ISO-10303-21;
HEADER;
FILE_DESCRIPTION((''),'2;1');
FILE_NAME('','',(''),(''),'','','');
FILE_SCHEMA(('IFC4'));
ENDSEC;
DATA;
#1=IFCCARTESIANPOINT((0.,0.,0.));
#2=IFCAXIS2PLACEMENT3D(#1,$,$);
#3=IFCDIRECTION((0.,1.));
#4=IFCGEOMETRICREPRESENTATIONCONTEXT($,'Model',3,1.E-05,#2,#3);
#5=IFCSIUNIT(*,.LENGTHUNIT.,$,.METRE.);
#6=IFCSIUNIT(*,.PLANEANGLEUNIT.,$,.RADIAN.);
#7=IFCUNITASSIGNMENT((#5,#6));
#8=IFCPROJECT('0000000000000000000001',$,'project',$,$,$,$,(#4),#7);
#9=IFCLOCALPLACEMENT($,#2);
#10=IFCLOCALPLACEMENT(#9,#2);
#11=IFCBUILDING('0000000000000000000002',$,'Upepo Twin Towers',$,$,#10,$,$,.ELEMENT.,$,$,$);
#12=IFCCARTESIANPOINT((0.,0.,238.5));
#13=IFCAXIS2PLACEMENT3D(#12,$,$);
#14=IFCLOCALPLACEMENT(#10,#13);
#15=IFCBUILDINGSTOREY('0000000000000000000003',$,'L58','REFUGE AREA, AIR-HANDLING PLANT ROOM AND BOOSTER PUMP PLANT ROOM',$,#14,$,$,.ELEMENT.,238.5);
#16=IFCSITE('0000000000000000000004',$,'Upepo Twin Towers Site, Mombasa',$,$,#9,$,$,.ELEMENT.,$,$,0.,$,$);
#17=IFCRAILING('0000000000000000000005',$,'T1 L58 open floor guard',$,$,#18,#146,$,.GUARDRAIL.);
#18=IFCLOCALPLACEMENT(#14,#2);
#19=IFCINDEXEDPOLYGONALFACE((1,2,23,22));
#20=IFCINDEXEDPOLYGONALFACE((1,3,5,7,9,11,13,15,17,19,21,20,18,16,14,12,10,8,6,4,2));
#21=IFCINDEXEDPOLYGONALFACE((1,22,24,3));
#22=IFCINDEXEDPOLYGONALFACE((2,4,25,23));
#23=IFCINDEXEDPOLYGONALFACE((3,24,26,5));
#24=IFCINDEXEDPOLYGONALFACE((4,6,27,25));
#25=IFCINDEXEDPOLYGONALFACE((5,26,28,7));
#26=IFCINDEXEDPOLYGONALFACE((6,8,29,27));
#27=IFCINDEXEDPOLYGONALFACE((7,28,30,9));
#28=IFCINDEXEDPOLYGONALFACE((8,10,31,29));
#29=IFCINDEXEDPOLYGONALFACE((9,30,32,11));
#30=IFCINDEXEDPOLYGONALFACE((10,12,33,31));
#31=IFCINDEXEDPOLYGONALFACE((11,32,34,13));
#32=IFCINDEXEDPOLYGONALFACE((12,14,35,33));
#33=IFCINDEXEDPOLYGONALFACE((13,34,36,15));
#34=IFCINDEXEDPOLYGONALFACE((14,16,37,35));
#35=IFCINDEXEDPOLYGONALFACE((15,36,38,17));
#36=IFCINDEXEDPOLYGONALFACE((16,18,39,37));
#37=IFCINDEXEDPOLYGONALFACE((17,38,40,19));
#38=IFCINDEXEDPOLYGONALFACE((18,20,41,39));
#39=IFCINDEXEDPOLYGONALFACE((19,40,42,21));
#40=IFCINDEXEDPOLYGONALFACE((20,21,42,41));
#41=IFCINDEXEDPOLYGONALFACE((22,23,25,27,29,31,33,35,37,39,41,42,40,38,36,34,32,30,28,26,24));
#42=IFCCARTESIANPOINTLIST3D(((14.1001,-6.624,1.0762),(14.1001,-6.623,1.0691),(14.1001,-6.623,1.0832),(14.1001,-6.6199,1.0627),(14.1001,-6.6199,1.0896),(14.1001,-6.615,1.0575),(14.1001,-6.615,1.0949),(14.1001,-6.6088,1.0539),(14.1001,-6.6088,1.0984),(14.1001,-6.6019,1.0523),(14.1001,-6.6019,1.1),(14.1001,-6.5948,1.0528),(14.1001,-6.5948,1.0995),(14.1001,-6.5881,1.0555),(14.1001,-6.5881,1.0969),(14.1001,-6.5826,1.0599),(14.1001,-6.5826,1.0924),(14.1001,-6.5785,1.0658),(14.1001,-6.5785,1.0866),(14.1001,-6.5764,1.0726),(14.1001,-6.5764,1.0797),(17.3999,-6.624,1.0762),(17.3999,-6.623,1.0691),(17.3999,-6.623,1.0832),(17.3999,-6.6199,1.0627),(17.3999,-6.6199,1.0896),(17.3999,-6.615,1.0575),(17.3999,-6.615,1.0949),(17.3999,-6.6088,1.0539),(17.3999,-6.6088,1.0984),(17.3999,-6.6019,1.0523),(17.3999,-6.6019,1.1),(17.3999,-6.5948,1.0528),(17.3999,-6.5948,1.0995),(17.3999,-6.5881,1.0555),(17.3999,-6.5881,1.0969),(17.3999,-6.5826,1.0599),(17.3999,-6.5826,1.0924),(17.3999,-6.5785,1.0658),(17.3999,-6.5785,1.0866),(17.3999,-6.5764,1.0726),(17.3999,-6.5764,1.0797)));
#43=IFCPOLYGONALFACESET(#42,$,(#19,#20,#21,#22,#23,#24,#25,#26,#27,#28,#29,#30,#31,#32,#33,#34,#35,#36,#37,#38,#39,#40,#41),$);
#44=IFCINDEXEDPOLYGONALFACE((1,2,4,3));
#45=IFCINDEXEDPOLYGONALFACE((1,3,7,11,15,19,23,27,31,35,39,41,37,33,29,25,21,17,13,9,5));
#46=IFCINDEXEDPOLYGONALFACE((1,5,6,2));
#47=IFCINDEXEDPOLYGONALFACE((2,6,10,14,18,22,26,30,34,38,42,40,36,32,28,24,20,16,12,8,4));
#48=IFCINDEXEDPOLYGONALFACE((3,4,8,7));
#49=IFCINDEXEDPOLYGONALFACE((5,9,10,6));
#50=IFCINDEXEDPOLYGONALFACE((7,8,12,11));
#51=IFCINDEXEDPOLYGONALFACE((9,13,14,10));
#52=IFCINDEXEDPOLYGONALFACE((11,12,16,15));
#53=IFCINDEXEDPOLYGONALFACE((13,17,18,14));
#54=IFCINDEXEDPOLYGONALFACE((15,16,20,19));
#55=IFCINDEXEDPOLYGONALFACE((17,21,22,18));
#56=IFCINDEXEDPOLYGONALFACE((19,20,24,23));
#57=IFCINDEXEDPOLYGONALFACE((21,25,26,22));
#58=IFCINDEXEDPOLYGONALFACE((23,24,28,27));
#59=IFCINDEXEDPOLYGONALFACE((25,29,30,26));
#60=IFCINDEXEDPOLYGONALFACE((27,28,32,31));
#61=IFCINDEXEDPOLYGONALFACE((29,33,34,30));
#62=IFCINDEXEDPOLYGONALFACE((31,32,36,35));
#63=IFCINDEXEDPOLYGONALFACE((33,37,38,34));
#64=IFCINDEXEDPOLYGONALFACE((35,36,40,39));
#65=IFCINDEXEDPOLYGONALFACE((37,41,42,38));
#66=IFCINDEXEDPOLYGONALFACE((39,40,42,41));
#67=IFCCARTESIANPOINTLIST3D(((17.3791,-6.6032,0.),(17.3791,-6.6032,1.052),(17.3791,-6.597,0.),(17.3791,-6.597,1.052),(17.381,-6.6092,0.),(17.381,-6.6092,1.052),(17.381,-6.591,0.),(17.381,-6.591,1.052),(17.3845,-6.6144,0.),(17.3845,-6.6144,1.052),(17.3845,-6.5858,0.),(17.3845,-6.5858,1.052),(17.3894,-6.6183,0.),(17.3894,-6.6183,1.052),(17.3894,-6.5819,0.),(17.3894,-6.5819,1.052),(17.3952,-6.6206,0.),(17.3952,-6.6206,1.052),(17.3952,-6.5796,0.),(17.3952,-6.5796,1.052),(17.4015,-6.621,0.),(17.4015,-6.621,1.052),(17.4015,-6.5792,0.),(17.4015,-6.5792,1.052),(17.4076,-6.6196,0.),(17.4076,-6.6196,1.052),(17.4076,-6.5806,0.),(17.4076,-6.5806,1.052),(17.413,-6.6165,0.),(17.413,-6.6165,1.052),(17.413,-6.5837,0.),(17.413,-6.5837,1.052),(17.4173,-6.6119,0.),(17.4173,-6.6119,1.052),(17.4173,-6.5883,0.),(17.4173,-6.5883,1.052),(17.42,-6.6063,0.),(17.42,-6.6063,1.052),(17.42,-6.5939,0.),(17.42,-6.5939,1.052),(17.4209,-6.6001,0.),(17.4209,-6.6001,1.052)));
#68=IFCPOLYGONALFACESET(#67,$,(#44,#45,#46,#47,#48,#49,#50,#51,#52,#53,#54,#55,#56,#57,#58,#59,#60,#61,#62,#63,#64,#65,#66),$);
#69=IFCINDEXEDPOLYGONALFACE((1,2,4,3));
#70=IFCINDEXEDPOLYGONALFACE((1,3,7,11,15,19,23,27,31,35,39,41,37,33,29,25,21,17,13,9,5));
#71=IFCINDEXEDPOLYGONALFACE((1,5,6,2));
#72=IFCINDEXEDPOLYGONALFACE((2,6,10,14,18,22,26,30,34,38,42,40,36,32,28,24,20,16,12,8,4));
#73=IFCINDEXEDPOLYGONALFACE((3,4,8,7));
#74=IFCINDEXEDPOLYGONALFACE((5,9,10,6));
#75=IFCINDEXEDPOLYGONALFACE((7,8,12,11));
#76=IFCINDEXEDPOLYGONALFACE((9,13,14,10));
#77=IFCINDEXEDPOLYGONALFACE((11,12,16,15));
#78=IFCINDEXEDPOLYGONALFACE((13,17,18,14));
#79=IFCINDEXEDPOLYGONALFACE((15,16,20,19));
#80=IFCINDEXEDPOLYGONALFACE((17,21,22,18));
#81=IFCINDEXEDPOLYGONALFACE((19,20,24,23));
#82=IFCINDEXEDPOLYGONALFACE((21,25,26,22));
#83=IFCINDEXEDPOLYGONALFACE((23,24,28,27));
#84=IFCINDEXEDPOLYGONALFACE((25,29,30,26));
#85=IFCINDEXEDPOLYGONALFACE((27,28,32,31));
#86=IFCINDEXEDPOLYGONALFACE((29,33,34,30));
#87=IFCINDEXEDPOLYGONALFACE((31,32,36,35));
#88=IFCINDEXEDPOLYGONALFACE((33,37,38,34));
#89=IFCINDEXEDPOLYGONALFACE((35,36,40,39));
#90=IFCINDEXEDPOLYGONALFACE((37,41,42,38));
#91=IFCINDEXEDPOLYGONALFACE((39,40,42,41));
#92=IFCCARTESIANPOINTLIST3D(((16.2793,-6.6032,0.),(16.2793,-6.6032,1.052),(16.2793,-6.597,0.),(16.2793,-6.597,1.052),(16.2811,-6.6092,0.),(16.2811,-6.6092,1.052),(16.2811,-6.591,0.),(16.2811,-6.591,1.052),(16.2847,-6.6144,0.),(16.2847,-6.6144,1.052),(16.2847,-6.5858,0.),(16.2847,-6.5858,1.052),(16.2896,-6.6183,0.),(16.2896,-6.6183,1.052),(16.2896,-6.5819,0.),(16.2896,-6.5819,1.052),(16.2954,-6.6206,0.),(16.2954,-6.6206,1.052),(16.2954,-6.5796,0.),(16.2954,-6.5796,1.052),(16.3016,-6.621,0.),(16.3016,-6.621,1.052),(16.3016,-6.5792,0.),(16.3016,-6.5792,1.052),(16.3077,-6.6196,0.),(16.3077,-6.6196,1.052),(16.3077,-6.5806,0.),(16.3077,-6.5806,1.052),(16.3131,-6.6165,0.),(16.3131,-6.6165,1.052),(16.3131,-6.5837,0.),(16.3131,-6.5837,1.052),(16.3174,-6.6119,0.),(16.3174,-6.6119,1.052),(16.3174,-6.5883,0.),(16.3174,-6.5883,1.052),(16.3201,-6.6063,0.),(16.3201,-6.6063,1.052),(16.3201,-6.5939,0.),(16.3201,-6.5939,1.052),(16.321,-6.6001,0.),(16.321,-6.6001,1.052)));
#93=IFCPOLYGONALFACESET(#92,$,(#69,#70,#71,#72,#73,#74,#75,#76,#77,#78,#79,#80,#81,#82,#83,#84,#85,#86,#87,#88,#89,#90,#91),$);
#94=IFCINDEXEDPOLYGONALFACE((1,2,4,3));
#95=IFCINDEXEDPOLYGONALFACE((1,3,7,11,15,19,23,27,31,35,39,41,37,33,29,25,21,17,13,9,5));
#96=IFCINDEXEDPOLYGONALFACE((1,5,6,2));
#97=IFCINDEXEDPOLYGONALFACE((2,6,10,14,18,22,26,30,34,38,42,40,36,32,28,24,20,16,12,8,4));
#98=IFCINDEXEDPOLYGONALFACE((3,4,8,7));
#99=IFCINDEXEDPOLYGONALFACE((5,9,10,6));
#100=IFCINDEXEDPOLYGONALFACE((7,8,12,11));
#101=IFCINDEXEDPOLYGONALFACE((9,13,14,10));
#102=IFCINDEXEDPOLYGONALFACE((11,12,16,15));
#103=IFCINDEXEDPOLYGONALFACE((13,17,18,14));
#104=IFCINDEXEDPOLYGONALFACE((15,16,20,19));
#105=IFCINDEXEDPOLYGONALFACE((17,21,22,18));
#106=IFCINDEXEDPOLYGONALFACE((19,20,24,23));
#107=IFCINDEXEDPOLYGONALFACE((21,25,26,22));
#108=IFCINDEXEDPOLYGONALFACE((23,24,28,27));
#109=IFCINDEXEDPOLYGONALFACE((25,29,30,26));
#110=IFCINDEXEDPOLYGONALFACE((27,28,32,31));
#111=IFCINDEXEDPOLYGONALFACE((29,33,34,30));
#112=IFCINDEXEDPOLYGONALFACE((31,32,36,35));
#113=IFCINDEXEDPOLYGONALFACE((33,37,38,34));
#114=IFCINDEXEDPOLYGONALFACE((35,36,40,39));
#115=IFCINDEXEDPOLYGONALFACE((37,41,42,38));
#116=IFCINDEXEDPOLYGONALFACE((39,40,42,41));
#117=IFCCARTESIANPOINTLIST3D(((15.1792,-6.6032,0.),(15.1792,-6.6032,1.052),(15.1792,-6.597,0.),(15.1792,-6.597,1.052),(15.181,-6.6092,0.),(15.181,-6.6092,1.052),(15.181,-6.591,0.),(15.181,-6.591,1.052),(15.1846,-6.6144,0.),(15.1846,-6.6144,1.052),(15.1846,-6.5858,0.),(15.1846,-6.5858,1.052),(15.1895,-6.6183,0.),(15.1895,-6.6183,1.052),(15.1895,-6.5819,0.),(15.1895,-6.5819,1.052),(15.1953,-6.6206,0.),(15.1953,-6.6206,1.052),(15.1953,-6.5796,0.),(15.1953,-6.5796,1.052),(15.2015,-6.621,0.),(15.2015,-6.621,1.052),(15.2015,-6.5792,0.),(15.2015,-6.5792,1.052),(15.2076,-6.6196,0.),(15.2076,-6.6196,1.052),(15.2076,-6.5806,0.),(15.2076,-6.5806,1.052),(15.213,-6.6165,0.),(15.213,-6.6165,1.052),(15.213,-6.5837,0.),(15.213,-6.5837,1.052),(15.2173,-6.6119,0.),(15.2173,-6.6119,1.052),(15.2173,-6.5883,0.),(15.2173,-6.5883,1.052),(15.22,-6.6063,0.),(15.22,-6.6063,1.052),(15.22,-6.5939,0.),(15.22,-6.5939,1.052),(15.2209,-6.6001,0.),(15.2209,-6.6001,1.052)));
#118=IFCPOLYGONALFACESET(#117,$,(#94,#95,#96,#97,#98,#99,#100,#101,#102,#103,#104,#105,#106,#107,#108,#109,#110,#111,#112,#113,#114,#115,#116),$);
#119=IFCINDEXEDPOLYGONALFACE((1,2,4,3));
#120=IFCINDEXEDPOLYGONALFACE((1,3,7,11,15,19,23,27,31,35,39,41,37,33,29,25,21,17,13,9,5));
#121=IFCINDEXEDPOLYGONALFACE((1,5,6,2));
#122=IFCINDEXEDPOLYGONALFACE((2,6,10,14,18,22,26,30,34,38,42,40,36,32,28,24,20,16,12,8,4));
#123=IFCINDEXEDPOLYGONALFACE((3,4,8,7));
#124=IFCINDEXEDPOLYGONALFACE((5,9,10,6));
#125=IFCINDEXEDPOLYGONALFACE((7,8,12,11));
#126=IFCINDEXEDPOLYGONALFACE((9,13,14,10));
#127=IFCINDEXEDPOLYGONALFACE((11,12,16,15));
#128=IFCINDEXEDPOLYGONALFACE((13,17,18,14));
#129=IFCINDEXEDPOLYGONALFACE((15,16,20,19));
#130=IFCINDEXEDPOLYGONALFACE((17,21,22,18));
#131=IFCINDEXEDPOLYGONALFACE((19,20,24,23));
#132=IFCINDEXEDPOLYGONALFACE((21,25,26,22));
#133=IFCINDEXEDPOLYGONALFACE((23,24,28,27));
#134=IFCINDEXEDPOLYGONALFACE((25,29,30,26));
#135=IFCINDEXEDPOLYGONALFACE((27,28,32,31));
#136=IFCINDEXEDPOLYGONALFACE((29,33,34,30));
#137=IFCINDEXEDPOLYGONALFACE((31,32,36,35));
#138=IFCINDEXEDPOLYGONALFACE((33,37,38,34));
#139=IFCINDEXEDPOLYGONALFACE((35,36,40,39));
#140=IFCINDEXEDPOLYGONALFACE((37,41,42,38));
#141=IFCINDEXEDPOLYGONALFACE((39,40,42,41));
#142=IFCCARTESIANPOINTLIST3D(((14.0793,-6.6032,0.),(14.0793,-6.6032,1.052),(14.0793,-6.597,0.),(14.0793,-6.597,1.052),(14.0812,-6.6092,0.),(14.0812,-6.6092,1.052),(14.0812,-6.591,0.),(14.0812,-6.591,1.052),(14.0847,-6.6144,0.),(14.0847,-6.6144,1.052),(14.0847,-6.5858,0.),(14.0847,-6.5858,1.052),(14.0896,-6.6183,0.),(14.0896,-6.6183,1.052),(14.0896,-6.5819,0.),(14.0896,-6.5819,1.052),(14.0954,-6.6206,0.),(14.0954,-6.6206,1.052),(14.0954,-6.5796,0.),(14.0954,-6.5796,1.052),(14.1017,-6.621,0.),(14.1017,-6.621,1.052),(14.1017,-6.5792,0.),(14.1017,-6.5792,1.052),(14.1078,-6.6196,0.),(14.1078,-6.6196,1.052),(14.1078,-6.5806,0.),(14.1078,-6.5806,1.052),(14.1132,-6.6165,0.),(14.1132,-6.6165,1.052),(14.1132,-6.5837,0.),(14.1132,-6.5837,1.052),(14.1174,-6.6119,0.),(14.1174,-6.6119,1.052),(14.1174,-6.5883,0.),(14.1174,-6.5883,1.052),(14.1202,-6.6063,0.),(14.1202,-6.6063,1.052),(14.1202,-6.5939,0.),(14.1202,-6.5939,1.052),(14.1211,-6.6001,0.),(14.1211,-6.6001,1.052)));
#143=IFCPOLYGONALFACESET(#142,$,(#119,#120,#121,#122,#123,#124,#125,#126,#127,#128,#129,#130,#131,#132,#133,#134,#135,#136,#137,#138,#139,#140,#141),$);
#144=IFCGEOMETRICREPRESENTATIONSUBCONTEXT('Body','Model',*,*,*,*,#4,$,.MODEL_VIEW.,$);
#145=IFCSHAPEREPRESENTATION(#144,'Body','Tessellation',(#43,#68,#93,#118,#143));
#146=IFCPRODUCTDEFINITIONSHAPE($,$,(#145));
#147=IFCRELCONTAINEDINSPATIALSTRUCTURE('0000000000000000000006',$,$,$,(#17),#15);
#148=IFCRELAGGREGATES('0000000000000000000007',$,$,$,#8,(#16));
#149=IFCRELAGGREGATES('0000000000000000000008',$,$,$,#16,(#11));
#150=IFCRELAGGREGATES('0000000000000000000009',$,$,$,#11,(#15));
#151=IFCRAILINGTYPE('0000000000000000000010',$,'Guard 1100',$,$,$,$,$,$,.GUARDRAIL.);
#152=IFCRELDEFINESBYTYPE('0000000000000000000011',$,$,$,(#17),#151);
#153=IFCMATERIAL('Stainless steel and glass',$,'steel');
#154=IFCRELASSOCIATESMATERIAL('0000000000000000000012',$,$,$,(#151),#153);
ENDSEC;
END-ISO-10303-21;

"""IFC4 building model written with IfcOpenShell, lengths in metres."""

from ifc_helpers import new_model, si_unit, direction, frame, origin, origin_2d, place, context, subcontext, project, spatial, circle, extrude, material, type_object, element, save


model = new_model("IFC4")

# Units and contexts
model_context = context("Model", 3, precision=1e-05, world=origin(), true_north=direction((0.0, 1.0)))
body_context = subcontext(model_context, "Body", "Model", "MODEL_VIEW")
ifc_project = project(units=[si_unit("LENGTHUNIT", "METRE"), si_unit("PLANEANGLEUNIT", "RADIAN")], contexts=[model_context])

# Site, building, storey
site_placement = place(None, origin())
site = spatial("IfcSite", under=ifc_project, at=site_placement, Name="Upepo Twin Towers Site, Mombasa", CompositionType="ELEMENT", RefElevation=0.0)
building_placement = place(site_placement, origin())
building = spatial("IfcBuilding", under=site, at=building_placement, Name="Upepo Twin Towers", CompositionType="ELEMENT")
storey_placement = place(building_placement, frame((0.0, 0.0, 238.5)))
storey = spatial("IfcBuildingStorey", under=building, at=storey_placement, Name="L58", Description="REFUGE AREA, AIR-HANDLING PLANT ROOM AND BOOSTER PUMP PLANT ROOM", CompositionType="ELEMENT", Elevation=238.5)

# Railing
ifc_material_1 = material(Name="Stainless steel and glass", Category="steel")
railing_type = type_object("IfcRailingType", Name="Guard 1100", PredefinedType="GUARDRAIL", material=ifc_material_1)
for number, where, name in (
    (1, (17.3999, -6.6001, 0.0), "T1 L58 open floor guard"),
):
    element("IfcRailing", number, at=place(storey_placement, frame(where)), inside=storey, type_object=railing_type, Name=name, PredefinedType="GUARDRAIL", context=body_context, shape_type="SweptSolid", body=[
        extrude(circle(Radius=0.0239, at=origin_2d()), frame((0.0, 0.0, 1.0762), z_axis=(-1.0, 0.0, 0.0), x_axis=(0.0, -1.0, 0.0)), (0.0, 0.0, 1.0), 3.2998),
        extrude(circle(Radius=0.021, at=origin_2d()), origin(), (0.0, 0.0, 1.0), 1.052),
        extrude(circle(Radius=0.021, at=origin_2d()), frame((-1.0999, 0.0, 0.0)), (0.0, 0.0, 1.0), 1.052),
        extrude(circle(Radius=0.021, at=origin_2d()), frame((-2.2, 0.0, 0.0)), (0.0, 0.0, 1.0), 1.052),
        extrude(circle(Radius=0.021, at=origin_2d()), frame((-3.2998, 0.0, 0.0)), (0.0, 0.0, 1.0), 1.052),
    ])

save(model, "model.ifc")
